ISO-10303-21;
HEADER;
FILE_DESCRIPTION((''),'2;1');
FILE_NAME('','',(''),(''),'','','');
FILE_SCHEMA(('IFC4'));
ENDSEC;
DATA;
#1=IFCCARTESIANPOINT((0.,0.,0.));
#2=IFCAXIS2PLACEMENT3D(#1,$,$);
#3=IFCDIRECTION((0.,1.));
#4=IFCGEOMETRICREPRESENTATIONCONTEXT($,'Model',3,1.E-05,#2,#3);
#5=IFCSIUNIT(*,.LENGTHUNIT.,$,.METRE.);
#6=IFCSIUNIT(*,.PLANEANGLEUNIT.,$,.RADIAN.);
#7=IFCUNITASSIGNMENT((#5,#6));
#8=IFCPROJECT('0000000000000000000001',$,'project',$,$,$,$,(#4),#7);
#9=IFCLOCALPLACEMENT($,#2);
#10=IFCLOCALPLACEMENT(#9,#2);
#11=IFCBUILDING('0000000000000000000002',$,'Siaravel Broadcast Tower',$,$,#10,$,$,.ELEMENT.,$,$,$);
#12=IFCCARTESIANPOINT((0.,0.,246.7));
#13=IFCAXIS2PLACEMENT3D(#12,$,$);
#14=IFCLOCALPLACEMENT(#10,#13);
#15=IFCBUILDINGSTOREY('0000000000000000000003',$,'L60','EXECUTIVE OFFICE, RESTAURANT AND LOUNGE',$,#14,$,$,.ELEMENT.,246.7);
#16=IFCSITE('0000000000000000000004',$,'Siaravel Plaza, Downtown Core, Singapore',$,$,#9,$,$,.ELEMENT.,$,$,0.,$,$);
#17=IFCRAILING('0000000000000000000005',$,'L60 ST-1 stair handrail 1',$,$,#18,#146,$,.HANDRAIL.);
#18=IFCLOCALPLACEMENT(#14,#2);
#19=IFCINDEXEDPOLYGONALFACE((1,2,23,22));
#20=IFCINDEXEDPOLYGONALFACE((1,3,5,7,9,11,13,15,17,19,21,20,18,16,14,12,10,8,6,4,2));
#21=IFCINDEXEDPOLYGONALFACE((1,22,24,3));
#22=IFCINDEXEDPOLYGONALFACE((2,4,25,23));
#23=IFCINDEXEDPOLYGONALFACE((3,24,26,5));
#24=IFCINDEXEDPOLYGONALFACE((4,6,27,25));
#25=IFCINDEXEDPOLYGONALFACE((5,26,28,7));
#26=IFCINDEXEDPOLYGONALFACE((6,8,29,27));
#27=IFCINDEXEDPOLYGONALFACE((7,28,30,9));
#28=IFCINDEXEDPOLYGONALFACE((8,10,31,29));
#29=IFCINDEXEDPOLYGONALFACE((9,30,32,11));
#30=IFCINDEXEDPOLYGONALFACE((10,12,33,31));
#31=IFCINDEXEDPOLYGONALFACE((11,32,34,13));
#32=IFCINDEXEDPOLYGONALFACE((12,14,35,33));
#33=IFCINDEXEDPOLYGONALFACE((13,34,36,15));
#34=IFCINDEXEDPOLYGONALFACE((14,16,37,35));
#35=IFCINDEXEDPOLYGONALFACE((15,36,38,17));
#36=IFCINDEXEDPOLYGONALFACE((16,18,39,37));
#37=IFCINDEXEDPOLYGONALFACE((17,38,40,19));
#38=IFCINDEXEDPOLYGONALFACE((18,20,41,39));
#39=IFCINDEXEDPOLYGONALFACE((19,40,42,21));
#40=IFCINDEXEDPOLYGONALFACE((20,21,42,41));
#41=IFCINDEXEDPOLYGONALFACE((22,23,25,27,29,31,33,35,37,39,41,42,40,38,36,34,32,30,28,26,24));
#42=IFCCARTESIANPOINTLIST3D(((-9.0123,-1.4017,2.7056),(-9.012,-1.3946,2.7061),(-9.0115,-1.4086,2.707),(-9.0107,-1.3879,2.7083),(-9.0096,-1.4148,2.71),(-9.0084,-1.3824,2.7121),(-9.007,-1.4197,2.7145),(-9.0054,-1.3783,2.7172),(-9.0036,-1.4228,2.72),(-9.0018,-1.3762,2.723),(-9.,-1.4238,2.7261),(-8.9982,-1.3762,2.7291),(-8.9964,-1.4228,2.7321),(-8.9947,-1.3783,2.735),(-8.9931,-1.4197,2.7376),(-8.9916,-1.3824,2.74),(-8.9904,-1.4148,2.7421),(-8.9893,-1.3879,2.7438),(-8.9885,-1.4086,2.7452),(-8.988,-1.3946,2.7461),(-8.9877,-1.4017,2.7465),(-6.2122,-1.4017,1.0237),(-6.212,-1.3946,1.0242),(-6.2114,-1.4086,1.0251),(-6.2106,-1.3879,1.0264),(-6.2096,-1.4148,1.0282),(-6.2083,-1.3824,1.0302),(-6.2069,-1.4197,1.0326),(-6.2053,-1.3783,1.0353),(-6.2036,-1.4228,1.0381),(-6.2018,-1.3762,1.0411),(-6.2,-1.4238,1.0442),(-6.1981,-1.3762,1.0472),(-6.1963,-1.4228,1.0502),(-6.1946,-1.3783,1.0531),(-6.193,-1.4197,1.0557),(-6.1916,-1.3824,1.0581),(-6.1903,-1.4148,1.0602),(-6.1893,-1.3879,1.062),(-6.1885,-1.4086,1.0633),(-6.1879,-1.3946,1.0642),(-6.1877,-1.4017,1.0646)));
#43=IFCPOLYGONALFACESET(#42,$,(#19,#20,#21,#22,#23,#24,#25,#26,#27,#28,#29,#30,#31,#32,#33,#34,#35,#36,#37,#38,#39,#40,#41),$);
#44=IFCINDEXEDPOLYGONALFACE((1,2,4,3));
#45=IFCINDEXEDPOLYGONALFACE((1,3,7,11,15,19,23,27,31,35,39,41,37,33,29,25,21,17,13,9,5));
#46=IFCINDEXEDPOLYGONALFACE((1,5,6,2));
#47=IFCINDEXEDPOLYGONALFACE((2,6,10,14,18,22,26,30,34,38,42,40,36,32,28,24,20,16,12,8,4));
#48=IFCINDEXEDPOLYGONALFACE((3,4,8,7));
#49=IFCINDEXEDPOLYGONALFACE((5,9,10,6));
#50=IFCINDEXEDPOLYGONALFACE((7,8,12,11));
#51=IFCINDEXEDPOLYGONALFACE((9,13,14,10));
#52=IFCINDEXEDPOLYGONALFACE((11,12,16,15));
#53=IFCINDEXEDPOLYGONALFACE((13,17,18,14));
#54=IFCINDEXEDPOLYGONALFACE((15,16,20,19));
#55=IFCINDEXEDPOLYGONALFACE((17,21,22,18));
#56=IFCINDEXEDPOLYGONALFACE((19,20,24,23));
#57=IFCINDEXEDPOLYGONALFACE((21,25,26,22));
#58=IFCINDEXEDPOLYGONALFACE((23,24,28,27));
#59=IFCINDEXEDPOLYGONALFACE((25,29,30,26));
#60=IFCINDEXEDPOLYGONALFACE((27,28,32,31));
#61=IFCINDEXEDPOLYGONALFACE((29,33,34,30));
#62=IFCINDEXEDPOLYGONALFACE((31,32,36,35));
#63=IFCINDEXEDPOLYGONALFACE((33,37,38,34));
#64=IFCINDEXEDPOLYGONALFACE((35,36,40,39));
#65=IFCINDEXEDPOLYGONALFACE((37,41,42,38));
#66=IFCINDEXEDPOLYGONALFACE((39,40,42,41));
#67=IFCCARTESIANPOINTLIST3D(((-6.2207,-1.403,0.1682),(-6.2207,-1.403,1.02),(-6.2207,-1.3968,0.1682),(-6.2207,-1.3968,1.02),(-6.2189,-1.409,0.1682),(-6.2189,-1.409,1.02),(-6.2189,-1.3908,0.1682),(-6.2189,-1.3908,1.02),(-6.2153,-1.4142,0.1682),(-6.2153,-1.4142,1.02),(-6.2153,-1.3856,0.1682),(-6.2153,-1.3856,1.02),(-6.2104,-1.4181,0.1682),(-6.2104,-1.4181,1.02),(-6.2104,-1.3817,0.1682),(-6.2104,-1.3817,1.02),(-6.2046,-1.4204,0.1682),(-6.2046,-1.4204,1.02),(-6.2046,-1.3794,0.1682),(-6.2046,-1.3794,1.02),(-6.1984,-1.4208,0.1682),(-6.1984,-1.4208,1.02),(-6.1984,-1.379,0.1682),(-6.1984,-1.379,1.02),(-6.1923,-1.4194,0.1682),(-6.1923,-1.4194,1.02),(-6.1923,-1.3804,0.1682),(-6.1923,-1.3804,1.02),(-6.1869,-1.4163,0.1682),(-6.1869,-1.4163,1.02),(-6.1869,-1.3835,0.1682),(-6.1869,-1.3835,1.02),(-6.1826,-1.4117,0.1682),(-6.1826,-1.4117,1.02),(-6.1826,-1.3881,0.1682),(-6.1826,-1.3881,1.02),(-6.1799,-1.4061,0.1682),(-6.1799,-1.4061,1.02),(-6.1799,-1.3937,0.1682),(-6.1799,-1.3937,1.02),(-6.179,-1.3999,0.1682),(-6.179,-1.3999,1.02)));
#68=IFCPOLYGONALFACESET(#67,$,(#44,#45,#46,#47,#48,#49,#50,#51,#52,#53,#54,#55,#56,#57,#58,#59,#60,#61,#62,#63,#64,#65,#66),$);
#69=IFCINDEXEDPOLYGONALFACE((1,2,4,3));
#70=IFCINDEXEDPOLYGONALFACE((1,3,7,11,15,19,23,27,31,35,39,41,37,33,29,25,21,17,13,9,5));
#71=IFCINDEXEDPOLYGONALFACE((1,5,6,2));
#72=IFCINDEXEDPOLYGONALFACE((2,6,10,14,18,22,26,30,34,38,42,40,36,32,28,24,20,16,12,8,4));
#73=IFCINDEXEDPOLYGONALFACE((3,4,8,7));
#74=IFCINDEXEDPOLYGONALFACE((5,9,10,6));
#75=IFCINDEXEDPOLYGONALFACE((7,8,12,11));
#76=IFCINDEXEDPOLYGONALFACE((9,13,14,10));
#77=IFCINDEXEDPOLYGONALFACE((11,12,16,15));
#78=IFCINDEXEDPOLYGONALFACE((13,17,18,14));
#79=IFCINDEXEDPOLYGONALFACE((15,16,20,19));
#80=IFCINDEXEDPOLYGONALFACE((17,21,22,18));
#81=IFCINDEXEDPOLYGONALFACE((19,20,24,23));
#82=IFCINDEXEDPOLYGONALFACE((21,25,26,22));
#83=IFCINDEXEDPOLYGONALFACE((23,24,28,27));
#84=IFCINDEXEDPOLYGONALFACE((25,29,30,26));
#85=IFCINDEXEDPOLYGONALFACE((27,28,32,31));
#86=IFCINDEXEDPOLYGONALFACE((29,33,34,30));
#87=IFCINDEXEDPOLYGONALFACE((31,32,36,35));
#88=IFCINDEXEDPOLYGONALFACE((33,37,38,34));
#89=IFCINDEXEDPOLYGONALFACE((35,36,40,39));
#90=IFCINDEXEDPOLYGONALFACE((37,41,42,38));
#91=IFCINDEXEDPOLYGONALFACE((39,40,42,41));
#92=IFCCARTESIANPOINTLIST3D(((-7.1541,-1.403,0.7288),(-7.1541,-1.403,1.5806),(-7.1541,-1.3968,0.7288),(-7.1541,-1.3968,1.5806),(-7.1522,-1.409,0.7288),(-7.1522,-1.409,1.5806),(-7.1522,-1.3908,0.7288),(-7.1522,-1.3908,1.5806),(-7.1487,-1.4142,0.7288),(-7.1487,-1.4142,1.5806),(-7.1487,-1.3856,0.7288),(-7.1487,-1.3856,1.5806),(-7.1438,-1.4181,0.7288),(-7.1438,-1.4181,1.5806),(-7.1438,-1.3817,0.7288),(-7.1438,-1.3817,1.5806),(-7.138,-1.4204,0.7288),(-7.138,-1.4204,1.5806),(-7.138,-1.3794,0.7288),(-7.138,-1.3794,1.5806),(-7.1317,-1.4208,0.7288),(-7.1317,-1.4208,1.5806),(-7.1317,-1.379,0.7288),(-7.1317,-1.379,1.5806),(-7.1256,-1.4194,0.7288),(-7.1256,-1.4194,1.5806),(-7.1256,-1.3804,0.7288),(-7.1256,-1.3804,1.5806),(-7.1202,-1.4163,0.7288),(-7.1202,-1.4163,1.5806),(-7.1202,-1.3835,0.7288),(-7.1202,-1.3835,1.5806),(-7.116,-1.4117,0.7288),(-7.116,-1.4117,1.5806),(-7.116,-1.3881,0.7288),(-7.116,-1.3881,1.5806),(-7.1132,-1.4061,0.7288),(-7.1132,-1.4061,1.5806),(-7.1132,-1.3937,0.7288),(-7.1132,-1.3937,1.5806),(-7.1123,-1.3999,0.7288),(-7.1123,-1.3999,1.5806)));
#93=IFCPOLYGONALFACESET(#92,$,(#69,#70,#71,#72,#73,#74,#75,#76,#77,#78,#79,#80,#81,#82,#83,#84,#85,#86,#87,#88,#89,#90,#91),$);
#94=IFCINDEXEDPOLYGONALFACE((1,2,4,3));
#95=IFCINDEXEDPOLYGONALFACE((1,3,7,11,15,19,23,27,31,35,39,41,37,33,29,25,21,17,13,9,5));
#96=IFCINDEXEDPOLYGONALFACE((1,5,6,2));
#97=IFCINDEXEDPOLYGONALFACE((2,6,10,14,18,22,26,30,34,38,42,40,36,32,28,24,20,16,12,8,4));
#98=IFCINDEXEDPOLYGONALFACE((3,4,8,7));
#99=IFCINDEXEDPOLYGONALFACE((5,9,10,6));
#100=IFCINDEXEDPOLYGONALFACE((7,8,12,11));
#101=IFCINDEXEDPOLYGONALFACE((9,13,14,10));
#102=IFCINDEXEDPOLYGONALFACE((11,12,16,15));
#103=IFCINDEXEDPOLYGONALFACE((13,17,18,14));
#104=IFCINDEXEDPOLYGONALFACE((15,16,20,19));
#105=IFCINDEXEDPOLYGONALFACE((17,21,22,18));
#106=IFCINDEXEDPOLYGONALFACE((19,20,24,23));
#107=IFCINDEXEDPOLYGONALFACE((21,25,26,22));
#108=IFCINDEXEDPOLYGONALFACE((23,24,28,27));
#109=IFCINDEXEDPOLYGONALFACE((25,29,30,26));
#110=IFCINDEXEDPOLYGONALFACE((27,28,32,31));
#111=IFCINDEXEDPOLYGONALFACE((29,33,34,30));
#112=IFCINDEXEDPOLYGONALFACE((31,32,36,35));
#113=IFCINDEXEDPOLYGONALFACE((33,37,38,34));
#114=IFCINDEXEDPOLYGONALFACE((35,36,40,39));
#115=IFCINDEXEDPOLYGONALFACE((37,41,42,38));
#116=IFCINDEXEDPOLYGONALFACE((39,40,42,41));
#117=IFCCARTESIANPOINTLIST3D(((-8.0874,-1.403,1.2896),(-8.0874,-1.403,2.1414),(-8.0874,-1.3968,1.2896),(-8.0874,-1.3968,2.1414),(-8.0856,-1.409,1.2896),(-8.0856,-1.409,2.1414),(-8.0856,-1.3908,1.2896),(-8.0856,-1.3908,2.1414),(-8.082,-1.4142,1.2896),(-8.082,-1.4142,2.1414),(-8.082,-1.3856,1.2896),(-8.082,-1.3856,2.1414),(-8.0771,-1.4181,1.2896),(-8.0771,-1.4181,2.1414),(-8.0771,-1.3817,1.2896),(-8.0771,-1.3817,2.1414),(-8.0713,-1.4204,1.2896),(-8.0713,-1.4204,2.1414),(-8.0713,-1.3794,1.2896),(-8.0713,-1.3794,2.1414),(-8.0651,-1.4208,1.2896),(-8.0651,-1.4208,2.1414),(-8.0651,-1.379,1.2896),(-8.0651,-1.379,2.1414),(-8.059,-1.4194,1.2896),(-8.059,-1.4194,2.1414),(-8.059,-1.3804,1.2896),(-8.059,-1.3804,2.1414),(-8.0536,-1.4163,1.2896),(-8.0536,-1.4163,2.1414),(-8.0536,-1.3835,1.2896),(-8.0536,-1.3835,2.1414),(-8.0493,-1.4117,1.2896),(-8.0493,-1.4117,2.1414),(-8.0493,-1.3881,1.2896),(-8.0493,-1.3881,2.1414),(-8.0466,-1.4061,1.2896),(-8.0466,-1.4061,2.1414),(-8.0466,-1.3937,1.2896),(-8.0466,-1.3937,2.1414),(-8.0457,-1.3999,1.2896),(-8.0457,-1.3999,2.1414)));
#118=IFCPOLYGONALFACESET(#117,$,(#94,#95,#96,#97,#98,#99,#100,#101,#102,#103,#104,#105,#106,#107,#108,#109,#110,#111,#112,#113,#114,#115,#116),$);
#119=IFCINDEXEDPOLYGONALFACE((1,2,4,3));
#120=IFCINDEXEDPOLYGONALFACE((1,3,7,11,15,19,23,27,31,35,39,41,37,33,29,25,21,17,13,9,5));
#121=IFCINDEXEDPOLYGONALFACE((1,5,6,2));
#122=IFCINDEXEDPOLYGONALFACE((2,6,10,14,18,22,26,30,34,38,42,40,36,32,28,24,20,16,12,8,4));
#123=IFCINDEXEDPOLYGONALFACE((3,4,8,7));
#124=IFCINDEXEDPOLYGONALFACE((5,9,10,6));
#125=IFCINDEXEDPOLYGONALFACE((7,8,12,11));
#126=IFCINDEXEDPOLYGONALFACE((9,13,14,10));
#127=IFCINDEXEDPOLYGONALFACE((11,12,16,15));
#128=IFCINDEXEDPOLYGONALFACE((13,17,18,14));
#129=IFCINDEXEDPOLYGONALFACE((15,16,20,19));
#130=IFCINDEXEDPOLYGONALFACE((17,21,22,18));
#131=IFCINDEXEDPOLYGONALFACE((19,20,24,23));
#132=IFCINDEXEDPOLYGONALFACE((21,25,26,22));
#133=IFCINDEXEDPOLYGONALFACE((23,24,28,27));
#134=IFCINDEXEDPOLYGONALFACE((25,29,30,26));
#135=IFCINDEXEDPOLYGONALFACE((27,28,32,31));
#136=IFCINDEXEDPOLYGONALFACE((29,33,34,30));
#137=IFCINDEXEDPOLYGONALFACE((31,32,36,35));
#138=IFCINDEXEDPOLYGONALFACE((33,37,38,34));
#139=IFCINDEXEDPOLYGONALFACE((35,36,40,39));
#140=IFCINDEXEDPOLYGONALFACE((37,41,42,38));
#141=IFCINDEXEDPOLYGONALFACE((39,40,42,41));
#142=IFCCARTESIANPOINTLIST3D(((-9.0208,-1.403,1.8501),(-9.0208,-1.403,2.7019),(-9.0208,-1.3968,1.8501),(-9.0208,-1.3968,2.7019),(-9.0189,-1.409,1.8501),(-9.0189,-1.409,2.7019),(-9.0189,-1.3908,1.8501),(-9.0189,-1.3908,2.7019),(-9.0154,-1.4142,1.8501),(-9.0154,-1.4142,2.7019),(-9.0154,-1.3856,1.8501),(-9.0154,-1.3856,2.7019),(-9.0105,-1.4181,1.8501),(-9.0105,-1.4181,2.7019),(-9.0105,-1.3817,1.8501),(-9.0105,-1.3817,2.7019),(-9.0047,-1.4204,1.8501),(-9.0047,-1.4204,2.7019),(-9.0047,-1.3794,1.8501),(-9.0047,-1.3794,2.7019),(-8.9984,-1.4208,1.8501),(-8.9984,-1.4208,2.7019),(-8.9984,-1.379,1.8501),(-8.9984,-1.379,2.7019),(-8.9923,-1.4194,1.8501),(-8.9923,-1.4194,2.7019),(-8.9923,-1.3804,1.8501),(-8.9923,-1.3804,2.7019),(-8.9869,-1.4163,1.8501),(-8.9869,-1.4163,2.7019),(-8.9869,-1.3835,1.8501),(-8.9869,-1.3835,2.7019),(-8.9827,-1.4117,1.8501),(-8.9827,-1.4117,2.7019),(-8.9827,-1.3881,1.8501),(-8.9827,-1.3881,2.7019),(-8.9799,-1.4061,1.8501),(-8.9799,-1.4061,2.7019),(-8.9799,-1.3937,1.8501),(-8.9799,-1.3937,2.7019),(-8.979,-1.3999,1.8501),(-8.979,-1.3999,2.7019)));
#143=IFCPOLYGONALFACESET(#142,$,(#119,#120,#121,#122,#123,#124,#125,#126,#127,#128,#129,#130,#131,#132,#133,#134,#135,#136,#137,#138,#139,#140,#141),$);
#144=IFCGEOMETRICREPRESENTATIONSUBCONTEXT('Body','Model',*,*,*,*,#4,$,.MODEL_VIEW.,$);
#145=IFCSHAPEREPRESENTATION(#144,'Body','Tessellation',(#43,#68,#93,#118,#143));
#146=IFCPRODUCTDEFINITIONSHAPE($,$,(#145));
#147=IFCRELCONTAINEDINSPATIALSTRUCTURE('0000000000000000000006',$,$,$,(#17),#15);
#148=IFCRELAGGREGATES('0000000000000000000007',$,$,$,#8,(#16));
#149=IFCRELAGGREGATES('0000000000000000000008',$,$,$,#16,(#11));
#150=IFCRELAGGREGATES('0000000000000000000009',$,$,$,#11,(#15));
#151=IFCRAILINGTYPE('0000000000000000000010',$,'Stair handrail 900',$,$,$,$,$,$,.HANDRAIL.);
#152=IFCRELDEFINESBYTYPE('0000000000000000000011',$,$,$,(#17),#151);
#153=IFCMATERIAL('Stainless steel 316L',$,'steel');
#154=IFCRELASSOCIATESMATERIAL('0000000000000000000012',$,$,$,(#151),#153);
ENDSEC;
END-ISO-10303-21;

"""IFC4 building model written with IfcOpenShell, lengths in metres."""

from ifc_helpers import new_model, si_unit, direction, frame, origin, origin_2d, place, context, subcontext, project, spatial, circle, extrude, material, type_object, element, save


model = new_model("IFC4")

# Units and contexts
model_context = context("Model", 3, precision=1e-05, world=origin(), true_north=direction((0.0, 1.0)))
body_context = subcontext(model_context, "Body", "Model", "MODEL_VIEW")
ifc_project = project(units=[si_unit("LENGTHUNIT", "METRE"), si_unit("PLANEANGLEUNIT", "RADIAN")], contexts=[model_context])

# Site, building, storey
site_placement = place(None, origin())
site = spatial("IfcSite", under=ifc_project, at=site_placement, Name="Siaravel Plaza, Downtown Core, Singapore", CompositionType="ELEMENT", RefElevation=0.0)
building_placement = place(site_placement, origin())
building = spatial("IfcBuilding", under=site, at=building_placement, Name="Siaravel Broadcast Tower", CompositionType="ELEMENT")
storey_placement = place(building_placement, frame((0.0, 0.0, 246.7)))
storey = spatial("IfcBuildingStorey", under=building, at=storey_placement, Name="L60", Description="EXECUTIVE OFFICE, RESTAURANT AND LOUNGE", CompositionType="ELEMENT", Elevation=246.7)

# Shared definitions
ifc_material_1 = material(Name="Stainless steel 316L", Category="steel")

# Railing
railing_type_1 = type_object("IfcRailingType", Name="Stair handrail 900", PredefinedType="HANDRAIL", material=ifc_material_1)
railing_1_placement = place(storey_placement, frame((-6.2, -1.3999, 0.1682)))
element("IfcRailing", 1, at=railing_1_placement, inside=storey, type_object=railing_type_1, Name="L60 ST-1 stair handrail 1", PredefinedType="HANDRAIL", context=body_context, shape_type="SweptSolid", body=[
    extrude(circle(Radius=0.0239, at=origin_2d()), frame((0.0, 0.0, 0.876), z_axis=(-0.857242, 0.0, 0.514913), x_axis=(0.0, -1.0, 0.0)), (0.0, 0.0, 1.0), 3.2664),
    extrude(circle(Radius=0.021, at=origin_2d()), origin(), (0.0, 0.0, 1.0), 0.8518),
    extrude(circle(Radius=0.021, at=origin_2d()), frame((-0.9333, 0.0, 0.5605)), (0.0, 0.0, 1.0), 0.8518),
    extrude(circle(Radius=0.021, at=origin_2d()), frame((-1.8667, 0.0, 1.1213)), (0.0, 0.0, 1.0), 0.8518),
    extrude(circle(Radius=0.021, at=origin_2d()), frame((-2.8, 0.0, 1.6819)), (0.0, 0.0, 1.0), 0.8518),
])

save(model, "model.ifc")
